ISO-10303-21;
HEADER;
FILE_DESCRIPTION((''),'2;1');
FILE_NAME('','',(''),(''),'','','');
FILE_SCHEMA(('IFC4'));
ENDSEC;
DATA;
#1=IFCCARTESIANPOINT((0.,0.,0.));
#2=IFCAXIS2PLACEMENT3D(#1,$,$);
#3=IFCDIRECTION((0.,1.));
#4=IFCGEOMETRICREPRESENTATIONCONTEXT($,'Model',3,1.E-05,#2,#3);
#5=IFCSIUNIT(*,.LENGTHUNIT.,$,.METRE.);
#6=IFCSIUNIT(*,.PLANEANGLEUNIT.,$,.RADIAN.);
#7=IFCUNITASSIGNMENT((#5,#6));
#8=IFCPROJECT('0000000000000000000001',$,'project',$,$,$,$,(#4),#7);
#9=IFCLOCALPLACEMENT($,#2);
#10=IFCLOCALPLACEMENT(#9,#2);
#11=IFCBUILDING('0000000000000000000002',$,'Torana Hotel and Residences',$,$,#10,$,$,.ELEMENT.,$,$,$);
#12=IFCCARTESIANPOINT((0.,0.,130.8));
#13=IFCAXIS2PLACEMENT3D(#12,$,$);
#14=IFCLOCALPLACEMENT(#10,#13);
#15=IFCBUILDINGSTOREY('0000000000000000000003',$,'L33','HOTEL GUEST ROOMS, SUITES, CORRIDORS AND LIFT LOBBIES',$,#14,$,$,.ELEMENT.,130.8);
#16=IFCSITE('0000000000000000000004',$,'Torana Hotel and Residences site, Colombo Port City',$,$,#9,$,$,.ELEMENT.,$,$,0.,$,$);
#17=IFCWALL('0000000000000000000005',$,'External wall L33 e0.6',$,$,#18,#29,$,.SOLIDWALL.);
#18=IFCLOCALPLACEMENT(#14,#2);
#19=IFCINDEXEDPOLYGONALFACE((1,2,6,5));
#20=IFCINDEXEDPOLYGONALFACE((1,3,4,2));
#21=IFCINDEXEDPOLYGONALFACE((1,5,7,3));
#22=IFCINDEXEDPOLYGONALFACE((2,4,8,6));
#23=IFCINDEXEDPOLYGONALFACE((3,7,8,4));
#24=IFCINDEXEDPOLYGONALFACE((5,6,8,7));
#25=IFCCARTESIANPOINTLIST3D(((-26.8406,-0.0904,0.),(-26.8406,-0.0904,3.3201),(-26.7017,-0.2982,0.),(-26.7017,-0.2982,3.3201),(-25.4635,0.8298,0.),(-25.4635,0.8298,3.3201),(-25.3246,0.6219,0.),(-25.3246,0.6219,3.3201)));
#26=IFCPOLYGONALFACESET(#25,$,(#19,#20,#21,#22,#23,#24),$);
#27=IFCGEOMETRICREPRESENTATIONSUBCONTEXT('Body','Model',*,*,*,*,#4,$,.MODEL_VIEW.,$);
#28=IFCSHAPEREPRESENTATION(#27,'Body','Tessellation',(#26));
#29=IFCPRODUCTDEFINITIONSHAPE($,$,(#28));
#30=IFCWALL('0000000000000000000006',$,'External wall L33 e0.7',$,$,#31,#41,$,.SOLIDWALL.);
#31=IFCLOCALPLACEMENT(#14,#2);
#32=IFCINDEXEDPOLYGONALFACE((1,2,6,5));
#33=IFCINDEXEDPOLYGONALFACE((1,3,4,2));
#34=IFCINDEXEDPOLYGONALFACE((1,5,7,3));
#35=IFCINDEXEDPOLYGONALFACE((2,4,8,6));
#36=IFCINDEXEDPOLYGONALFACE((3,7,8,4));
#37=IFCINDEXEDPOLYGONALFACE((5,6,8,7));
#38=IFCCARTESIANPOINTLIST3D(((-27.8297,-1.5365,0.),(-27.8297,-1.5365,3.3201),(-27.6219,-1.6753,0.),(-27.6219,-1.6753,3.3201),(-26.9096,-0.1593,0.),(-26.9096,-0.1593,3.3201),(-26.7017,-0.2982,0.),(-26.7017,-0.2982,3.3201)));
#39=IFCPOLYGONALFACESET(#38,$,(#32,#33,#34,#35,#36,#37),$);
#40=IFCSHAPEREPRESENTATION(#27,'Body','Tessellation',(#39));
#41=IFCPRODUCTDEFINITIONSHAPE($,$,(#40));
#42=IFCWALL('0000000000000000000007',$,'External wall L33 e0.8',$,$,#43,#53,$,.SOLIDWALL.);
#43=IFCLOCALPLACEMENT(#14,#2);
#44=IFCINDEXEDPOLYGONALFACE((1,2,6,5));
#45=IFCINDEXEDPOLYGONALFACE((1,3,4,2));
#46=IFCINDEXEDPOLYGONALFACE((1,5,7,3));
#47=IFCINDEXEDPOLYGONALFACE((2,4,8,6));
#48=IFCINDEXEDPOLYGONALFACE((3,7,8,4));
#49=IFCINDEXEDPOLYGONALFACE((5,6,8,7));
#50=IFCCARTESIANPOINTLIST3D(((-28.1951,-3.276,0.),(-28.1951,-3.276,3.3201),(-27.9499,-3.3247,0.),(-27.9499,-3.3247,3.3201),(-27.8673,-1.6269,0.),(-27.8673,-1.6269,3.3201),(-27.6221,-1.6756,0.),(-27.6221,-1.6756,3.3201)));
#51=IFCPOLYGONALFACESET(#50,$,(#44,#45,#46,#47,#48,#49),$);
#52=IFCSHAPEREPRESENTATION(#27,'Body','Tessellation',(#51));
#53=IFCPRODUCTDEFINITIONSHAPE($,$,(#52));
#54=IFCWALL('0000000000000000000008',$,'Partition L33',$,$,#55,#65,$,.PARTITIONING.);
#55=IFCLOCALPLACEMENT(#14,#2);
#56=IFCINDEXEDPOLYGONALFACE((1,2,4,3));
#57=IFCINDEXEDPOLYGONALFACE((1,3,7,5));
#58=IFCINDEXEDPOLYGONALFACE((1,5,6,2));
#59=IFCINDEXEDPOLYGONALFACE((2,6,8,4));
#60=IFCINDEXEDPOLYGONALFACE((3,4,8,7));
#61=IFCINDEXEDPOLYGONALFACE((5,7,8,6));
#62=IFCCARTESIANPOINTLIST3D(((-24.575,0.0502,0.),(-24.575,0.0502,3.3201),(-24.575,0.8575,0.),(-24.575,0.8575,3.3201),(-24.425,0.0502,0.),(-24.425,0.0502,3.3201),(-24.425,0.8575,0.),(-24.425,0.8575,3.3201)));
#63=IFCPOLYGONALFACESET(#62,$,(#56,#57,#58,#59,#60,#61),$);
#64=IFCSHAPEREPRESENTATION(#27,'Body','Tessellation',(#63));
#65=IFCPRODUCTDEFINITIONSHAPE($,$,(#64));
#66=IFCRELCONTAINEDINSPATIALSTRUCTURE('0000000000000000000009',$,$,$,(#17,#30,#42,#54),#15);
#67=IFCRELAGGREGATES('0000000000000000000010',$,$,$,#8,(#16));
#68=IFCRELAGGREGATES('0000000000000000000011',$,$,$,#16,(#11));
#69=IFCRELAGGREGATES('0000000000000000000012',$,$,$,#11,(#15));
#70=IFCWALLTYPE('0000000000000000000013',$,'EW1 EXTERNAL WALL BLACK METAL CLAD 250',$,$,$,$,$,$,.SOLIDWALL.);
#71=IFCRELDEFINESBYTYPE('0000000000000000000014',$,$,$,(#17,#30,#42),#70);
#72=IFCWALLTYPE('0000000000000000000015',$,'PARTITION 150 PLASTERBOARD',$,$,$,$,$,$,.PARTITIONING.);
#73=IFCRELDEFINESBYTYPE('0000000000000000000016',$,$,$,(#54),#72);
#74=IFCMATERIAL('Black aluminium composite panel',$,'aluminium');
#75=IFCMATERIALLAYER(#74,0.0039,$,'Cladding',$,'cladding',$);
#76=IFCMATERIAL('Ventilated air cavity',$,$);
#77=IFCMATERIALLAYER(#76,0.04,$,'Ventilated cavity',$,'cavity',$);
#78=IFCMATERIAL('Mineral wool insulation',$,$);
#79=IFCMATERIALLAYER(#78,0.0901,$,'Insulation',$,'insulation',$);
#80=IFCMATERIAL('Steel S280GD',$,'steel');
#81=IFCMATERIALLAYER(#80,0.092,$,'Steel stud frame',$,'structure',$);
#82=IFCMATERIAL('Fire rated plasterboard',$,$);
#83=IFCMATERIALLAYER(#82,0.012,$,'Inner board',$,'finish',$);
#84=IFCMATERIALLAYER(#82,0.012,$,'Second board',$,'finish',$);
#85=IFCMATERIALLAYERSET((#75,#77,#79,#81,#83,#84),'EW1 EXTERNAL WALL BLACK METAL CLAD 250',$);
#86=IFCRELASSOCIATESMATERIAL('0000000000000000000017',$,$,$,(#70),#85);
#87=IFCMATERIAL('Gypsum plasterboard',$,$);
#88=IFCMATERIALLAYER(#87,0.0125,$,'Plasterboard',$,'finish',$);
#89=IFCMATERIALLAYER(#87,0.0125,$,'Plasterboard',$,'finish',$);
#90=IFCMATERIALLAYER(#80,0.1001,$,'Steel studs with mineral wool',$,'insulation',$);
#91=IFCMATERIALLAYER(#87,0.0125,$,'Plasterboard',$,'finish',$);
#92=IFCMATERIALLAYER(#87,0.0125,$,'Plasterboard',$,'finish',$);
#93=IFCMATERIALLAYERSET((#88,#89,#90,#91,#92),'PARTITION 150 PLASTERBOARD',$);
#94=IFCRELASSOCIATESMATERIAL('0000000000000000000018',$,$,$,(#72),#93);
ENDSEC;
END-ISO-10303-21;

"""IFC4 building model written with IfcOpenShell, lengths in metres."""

from ifc_helpers import new_model, si_unit, direction, frame, frame_2d, origin, place, context, subcontext, project, spatial, rectangle, extrude, material, layer, layer_set, type_object, element, save


model = new_model("IFC4")

# Units and contexts
model_context = context("Model", 3, precision=1e-05, world=origin(), true_north=direction((0.0, 1.0)))
body_context = subcontext(model_context, "Body", "Model", "MODEL_VIEW")
ifc_project = project(units=[si_unit("LENGTHUNIT", "METRE"), si_unit("PLANEANGLEUNIT", "RADIAN")], contexts=[model_context])

# Site, building, storey
site_placement = place(None, origin())
site = spatial("IfcSite", under=ifc_project, at=site_placement, Name="Torana Hotel and Residences site, Colombo Port City", CompositionType="ELEMENT", RefElevation=0.0)
building_placement = place(site_placement, origin())
building = spatial("IfcBuilding", under=site, at=building_placement, Name="Torana Hotel and Residences", CompositionType="ELEMENT")
storey_placement = place(building_placement, frame((0.0, 0.0, 130.8)))
storey = spatial("IfcBuildingStorey", under=building, at=storey_placement, Name="L33", Description="HOTEL GUEST ROOMS, SUITES, CORRIDORS AND LIFT LOBBIES", CompositionType="ELEMENT", Elevation=130.8)

# Walls
ifc_material_1 = material(Name="Black aluminium composite panel", Category="aluminium")
ifc_layer_1 = layer(ifc_material_1, 0.0039, Name="Cladding", Category="cladding")
ifc_material_2 = material(Name="Ventilated air cavity")
ifc_layer_2 = layer(ifc_material_2, 0.04, Name="Ventilated cavity", Category="cavity")
ifc_material_3 = material(Name="Mineral wool insulation")
ifc_layer_3 = layer(ifc_material_3, 0.0901, Name="Insulation", Category="insulation")
ifc_material_4 = material(Name="Steel S280GD", Category="steel")
ifc_layer_4 = layer(ifc_material_4, 0.092, Name="Steel stud frame", Category="structure")
ifc_material_5 = material(Name="Fire rated plasterboard")
ifc_layer_5 = layer(ifc_material_5, 0.012, Name="Inner board", Category="finish")
ifc_layer_6 = layer(ifc_material_5, 0.012, Name="Second board", Category="finish")
ifc_layer_set_1 = layer_set([ifc_layer_1, ifc_layer_2, ifc_layer_3, ifc_layer_4, ifc_layer_5, ifc_layer_6], Name="EW1 EXTERNAL WALL BLACK METAL CLAD 250")
wall_type_1 = type_object("IfcWallType", Name="EW1 EXTERNAL WALL BLACK METAL CLAD 250", PredefinedType="SOLIDWALL", material=ifc_layer_set_1)
for number, where, z_axis, x_axis, name in (
    (1, (-25.394, 0.7258, 0.0), (0.0, 0.0, 1.0), (-0.831483, -0.55555, 0.0), "External wall L33 e0.6"),
    (2, (-26.8057, -0.2288, 0.0), (0.0, 0.0, 1.0), (-0.55555, -0.831483, 0.0), "External wall L33 e0.7"),
):
    element("IfcWall", number, at=place(storey_placement, frame(where, z_axis=z_axis, x_axis=x_axis)), inside=storey, type_object=wall_type_1, Name=name, PredefinedType="SOLIDWALL", context=body_context, shape_type="SweptSolid", body=[
        extrude(rectangle(XDim=1.6562, YDim=0.25, at=frame_2d((0.8281, 0.0))), origin(), (0.0, 0.0, 1.0), 3.3201),
    ])
wall_1_placement = place(storey_placement, frame((-27.7446, -1.6511, 0.0), z_axis=(0.0, 0.0, 1.0), x_axis=(-0.194999, -0.980803, 0.0)))
element("IfcWall", 3, at=wall_1_placement, inside=storey, type_object=wall_type_1, Name="External wall L33 e0.8", PredefinedType="SOLIDWALL", context=body_context, shape_type="SweptSolid", body=[
    extrude(rectangle(XDim=1.6814, YDim=0.25, at=frame_2d((0.8408, 0.0))), origin(), (0.0, 0.0, 1.0), 3.3201),
])

# Wall
ifc_material_6 = material(Name="Gypsum plasterboard")
ifc_layer_7 = layer(ifc_material_6, 0.0125, Name="Plasterboard", Category="finish")
ifc_layer_8 = layer(ifc_material_6, 0.0125, Name="Plasterboard", Category="finish")
ifc_layer_9 = layer(ifc_material_4, 0.1001, Name="Steel studs with mineral wool", Category="insulation")
ifc_layer_10 = layer(ifc_material_6, 0.0125, Name="Plasterboard", Category="finish")
ifc_layer_11 = layer(ifc_material_6, 0.0125, Name="Plasterboard", Category="finish")
ifc_layer_set_2 = layer_set([ifc_layer_7, ifc_layer_8, ifc_layer_9, ifc_layer_10, ifc_layer_11], Name="PARTITION 150 PLASTERBOARD")
wall_type_2 = type_object("IfcWallType", Name="PARTITION 150 PLASTERBOARD", PredefinedType="PARTITIONING", material=ifc_layer_set_2)
wall_2_placement = place(storey_placement, frame((-24.5, 0.05, 0.0), z_axis=(0.0, 0.0, 1.0), x_axis=(0.0, 1.0, 0.0)))
element("IfcWall", 4, at=wall_2_placement, inside=storey, type_object=wall_type_2, Name="Partition L33", PredefinedType="PARTITIONING", context=body_context, shape_type="SweptSolid", body=[
    extrude(rectangle(XDim=0.8074, YDim=0.1499, at=frame_2d((0.4038, 0.0))), origin(), (0.0, 0.0, 1.0), 3.3201),
])

save(model, "model.ifc")
